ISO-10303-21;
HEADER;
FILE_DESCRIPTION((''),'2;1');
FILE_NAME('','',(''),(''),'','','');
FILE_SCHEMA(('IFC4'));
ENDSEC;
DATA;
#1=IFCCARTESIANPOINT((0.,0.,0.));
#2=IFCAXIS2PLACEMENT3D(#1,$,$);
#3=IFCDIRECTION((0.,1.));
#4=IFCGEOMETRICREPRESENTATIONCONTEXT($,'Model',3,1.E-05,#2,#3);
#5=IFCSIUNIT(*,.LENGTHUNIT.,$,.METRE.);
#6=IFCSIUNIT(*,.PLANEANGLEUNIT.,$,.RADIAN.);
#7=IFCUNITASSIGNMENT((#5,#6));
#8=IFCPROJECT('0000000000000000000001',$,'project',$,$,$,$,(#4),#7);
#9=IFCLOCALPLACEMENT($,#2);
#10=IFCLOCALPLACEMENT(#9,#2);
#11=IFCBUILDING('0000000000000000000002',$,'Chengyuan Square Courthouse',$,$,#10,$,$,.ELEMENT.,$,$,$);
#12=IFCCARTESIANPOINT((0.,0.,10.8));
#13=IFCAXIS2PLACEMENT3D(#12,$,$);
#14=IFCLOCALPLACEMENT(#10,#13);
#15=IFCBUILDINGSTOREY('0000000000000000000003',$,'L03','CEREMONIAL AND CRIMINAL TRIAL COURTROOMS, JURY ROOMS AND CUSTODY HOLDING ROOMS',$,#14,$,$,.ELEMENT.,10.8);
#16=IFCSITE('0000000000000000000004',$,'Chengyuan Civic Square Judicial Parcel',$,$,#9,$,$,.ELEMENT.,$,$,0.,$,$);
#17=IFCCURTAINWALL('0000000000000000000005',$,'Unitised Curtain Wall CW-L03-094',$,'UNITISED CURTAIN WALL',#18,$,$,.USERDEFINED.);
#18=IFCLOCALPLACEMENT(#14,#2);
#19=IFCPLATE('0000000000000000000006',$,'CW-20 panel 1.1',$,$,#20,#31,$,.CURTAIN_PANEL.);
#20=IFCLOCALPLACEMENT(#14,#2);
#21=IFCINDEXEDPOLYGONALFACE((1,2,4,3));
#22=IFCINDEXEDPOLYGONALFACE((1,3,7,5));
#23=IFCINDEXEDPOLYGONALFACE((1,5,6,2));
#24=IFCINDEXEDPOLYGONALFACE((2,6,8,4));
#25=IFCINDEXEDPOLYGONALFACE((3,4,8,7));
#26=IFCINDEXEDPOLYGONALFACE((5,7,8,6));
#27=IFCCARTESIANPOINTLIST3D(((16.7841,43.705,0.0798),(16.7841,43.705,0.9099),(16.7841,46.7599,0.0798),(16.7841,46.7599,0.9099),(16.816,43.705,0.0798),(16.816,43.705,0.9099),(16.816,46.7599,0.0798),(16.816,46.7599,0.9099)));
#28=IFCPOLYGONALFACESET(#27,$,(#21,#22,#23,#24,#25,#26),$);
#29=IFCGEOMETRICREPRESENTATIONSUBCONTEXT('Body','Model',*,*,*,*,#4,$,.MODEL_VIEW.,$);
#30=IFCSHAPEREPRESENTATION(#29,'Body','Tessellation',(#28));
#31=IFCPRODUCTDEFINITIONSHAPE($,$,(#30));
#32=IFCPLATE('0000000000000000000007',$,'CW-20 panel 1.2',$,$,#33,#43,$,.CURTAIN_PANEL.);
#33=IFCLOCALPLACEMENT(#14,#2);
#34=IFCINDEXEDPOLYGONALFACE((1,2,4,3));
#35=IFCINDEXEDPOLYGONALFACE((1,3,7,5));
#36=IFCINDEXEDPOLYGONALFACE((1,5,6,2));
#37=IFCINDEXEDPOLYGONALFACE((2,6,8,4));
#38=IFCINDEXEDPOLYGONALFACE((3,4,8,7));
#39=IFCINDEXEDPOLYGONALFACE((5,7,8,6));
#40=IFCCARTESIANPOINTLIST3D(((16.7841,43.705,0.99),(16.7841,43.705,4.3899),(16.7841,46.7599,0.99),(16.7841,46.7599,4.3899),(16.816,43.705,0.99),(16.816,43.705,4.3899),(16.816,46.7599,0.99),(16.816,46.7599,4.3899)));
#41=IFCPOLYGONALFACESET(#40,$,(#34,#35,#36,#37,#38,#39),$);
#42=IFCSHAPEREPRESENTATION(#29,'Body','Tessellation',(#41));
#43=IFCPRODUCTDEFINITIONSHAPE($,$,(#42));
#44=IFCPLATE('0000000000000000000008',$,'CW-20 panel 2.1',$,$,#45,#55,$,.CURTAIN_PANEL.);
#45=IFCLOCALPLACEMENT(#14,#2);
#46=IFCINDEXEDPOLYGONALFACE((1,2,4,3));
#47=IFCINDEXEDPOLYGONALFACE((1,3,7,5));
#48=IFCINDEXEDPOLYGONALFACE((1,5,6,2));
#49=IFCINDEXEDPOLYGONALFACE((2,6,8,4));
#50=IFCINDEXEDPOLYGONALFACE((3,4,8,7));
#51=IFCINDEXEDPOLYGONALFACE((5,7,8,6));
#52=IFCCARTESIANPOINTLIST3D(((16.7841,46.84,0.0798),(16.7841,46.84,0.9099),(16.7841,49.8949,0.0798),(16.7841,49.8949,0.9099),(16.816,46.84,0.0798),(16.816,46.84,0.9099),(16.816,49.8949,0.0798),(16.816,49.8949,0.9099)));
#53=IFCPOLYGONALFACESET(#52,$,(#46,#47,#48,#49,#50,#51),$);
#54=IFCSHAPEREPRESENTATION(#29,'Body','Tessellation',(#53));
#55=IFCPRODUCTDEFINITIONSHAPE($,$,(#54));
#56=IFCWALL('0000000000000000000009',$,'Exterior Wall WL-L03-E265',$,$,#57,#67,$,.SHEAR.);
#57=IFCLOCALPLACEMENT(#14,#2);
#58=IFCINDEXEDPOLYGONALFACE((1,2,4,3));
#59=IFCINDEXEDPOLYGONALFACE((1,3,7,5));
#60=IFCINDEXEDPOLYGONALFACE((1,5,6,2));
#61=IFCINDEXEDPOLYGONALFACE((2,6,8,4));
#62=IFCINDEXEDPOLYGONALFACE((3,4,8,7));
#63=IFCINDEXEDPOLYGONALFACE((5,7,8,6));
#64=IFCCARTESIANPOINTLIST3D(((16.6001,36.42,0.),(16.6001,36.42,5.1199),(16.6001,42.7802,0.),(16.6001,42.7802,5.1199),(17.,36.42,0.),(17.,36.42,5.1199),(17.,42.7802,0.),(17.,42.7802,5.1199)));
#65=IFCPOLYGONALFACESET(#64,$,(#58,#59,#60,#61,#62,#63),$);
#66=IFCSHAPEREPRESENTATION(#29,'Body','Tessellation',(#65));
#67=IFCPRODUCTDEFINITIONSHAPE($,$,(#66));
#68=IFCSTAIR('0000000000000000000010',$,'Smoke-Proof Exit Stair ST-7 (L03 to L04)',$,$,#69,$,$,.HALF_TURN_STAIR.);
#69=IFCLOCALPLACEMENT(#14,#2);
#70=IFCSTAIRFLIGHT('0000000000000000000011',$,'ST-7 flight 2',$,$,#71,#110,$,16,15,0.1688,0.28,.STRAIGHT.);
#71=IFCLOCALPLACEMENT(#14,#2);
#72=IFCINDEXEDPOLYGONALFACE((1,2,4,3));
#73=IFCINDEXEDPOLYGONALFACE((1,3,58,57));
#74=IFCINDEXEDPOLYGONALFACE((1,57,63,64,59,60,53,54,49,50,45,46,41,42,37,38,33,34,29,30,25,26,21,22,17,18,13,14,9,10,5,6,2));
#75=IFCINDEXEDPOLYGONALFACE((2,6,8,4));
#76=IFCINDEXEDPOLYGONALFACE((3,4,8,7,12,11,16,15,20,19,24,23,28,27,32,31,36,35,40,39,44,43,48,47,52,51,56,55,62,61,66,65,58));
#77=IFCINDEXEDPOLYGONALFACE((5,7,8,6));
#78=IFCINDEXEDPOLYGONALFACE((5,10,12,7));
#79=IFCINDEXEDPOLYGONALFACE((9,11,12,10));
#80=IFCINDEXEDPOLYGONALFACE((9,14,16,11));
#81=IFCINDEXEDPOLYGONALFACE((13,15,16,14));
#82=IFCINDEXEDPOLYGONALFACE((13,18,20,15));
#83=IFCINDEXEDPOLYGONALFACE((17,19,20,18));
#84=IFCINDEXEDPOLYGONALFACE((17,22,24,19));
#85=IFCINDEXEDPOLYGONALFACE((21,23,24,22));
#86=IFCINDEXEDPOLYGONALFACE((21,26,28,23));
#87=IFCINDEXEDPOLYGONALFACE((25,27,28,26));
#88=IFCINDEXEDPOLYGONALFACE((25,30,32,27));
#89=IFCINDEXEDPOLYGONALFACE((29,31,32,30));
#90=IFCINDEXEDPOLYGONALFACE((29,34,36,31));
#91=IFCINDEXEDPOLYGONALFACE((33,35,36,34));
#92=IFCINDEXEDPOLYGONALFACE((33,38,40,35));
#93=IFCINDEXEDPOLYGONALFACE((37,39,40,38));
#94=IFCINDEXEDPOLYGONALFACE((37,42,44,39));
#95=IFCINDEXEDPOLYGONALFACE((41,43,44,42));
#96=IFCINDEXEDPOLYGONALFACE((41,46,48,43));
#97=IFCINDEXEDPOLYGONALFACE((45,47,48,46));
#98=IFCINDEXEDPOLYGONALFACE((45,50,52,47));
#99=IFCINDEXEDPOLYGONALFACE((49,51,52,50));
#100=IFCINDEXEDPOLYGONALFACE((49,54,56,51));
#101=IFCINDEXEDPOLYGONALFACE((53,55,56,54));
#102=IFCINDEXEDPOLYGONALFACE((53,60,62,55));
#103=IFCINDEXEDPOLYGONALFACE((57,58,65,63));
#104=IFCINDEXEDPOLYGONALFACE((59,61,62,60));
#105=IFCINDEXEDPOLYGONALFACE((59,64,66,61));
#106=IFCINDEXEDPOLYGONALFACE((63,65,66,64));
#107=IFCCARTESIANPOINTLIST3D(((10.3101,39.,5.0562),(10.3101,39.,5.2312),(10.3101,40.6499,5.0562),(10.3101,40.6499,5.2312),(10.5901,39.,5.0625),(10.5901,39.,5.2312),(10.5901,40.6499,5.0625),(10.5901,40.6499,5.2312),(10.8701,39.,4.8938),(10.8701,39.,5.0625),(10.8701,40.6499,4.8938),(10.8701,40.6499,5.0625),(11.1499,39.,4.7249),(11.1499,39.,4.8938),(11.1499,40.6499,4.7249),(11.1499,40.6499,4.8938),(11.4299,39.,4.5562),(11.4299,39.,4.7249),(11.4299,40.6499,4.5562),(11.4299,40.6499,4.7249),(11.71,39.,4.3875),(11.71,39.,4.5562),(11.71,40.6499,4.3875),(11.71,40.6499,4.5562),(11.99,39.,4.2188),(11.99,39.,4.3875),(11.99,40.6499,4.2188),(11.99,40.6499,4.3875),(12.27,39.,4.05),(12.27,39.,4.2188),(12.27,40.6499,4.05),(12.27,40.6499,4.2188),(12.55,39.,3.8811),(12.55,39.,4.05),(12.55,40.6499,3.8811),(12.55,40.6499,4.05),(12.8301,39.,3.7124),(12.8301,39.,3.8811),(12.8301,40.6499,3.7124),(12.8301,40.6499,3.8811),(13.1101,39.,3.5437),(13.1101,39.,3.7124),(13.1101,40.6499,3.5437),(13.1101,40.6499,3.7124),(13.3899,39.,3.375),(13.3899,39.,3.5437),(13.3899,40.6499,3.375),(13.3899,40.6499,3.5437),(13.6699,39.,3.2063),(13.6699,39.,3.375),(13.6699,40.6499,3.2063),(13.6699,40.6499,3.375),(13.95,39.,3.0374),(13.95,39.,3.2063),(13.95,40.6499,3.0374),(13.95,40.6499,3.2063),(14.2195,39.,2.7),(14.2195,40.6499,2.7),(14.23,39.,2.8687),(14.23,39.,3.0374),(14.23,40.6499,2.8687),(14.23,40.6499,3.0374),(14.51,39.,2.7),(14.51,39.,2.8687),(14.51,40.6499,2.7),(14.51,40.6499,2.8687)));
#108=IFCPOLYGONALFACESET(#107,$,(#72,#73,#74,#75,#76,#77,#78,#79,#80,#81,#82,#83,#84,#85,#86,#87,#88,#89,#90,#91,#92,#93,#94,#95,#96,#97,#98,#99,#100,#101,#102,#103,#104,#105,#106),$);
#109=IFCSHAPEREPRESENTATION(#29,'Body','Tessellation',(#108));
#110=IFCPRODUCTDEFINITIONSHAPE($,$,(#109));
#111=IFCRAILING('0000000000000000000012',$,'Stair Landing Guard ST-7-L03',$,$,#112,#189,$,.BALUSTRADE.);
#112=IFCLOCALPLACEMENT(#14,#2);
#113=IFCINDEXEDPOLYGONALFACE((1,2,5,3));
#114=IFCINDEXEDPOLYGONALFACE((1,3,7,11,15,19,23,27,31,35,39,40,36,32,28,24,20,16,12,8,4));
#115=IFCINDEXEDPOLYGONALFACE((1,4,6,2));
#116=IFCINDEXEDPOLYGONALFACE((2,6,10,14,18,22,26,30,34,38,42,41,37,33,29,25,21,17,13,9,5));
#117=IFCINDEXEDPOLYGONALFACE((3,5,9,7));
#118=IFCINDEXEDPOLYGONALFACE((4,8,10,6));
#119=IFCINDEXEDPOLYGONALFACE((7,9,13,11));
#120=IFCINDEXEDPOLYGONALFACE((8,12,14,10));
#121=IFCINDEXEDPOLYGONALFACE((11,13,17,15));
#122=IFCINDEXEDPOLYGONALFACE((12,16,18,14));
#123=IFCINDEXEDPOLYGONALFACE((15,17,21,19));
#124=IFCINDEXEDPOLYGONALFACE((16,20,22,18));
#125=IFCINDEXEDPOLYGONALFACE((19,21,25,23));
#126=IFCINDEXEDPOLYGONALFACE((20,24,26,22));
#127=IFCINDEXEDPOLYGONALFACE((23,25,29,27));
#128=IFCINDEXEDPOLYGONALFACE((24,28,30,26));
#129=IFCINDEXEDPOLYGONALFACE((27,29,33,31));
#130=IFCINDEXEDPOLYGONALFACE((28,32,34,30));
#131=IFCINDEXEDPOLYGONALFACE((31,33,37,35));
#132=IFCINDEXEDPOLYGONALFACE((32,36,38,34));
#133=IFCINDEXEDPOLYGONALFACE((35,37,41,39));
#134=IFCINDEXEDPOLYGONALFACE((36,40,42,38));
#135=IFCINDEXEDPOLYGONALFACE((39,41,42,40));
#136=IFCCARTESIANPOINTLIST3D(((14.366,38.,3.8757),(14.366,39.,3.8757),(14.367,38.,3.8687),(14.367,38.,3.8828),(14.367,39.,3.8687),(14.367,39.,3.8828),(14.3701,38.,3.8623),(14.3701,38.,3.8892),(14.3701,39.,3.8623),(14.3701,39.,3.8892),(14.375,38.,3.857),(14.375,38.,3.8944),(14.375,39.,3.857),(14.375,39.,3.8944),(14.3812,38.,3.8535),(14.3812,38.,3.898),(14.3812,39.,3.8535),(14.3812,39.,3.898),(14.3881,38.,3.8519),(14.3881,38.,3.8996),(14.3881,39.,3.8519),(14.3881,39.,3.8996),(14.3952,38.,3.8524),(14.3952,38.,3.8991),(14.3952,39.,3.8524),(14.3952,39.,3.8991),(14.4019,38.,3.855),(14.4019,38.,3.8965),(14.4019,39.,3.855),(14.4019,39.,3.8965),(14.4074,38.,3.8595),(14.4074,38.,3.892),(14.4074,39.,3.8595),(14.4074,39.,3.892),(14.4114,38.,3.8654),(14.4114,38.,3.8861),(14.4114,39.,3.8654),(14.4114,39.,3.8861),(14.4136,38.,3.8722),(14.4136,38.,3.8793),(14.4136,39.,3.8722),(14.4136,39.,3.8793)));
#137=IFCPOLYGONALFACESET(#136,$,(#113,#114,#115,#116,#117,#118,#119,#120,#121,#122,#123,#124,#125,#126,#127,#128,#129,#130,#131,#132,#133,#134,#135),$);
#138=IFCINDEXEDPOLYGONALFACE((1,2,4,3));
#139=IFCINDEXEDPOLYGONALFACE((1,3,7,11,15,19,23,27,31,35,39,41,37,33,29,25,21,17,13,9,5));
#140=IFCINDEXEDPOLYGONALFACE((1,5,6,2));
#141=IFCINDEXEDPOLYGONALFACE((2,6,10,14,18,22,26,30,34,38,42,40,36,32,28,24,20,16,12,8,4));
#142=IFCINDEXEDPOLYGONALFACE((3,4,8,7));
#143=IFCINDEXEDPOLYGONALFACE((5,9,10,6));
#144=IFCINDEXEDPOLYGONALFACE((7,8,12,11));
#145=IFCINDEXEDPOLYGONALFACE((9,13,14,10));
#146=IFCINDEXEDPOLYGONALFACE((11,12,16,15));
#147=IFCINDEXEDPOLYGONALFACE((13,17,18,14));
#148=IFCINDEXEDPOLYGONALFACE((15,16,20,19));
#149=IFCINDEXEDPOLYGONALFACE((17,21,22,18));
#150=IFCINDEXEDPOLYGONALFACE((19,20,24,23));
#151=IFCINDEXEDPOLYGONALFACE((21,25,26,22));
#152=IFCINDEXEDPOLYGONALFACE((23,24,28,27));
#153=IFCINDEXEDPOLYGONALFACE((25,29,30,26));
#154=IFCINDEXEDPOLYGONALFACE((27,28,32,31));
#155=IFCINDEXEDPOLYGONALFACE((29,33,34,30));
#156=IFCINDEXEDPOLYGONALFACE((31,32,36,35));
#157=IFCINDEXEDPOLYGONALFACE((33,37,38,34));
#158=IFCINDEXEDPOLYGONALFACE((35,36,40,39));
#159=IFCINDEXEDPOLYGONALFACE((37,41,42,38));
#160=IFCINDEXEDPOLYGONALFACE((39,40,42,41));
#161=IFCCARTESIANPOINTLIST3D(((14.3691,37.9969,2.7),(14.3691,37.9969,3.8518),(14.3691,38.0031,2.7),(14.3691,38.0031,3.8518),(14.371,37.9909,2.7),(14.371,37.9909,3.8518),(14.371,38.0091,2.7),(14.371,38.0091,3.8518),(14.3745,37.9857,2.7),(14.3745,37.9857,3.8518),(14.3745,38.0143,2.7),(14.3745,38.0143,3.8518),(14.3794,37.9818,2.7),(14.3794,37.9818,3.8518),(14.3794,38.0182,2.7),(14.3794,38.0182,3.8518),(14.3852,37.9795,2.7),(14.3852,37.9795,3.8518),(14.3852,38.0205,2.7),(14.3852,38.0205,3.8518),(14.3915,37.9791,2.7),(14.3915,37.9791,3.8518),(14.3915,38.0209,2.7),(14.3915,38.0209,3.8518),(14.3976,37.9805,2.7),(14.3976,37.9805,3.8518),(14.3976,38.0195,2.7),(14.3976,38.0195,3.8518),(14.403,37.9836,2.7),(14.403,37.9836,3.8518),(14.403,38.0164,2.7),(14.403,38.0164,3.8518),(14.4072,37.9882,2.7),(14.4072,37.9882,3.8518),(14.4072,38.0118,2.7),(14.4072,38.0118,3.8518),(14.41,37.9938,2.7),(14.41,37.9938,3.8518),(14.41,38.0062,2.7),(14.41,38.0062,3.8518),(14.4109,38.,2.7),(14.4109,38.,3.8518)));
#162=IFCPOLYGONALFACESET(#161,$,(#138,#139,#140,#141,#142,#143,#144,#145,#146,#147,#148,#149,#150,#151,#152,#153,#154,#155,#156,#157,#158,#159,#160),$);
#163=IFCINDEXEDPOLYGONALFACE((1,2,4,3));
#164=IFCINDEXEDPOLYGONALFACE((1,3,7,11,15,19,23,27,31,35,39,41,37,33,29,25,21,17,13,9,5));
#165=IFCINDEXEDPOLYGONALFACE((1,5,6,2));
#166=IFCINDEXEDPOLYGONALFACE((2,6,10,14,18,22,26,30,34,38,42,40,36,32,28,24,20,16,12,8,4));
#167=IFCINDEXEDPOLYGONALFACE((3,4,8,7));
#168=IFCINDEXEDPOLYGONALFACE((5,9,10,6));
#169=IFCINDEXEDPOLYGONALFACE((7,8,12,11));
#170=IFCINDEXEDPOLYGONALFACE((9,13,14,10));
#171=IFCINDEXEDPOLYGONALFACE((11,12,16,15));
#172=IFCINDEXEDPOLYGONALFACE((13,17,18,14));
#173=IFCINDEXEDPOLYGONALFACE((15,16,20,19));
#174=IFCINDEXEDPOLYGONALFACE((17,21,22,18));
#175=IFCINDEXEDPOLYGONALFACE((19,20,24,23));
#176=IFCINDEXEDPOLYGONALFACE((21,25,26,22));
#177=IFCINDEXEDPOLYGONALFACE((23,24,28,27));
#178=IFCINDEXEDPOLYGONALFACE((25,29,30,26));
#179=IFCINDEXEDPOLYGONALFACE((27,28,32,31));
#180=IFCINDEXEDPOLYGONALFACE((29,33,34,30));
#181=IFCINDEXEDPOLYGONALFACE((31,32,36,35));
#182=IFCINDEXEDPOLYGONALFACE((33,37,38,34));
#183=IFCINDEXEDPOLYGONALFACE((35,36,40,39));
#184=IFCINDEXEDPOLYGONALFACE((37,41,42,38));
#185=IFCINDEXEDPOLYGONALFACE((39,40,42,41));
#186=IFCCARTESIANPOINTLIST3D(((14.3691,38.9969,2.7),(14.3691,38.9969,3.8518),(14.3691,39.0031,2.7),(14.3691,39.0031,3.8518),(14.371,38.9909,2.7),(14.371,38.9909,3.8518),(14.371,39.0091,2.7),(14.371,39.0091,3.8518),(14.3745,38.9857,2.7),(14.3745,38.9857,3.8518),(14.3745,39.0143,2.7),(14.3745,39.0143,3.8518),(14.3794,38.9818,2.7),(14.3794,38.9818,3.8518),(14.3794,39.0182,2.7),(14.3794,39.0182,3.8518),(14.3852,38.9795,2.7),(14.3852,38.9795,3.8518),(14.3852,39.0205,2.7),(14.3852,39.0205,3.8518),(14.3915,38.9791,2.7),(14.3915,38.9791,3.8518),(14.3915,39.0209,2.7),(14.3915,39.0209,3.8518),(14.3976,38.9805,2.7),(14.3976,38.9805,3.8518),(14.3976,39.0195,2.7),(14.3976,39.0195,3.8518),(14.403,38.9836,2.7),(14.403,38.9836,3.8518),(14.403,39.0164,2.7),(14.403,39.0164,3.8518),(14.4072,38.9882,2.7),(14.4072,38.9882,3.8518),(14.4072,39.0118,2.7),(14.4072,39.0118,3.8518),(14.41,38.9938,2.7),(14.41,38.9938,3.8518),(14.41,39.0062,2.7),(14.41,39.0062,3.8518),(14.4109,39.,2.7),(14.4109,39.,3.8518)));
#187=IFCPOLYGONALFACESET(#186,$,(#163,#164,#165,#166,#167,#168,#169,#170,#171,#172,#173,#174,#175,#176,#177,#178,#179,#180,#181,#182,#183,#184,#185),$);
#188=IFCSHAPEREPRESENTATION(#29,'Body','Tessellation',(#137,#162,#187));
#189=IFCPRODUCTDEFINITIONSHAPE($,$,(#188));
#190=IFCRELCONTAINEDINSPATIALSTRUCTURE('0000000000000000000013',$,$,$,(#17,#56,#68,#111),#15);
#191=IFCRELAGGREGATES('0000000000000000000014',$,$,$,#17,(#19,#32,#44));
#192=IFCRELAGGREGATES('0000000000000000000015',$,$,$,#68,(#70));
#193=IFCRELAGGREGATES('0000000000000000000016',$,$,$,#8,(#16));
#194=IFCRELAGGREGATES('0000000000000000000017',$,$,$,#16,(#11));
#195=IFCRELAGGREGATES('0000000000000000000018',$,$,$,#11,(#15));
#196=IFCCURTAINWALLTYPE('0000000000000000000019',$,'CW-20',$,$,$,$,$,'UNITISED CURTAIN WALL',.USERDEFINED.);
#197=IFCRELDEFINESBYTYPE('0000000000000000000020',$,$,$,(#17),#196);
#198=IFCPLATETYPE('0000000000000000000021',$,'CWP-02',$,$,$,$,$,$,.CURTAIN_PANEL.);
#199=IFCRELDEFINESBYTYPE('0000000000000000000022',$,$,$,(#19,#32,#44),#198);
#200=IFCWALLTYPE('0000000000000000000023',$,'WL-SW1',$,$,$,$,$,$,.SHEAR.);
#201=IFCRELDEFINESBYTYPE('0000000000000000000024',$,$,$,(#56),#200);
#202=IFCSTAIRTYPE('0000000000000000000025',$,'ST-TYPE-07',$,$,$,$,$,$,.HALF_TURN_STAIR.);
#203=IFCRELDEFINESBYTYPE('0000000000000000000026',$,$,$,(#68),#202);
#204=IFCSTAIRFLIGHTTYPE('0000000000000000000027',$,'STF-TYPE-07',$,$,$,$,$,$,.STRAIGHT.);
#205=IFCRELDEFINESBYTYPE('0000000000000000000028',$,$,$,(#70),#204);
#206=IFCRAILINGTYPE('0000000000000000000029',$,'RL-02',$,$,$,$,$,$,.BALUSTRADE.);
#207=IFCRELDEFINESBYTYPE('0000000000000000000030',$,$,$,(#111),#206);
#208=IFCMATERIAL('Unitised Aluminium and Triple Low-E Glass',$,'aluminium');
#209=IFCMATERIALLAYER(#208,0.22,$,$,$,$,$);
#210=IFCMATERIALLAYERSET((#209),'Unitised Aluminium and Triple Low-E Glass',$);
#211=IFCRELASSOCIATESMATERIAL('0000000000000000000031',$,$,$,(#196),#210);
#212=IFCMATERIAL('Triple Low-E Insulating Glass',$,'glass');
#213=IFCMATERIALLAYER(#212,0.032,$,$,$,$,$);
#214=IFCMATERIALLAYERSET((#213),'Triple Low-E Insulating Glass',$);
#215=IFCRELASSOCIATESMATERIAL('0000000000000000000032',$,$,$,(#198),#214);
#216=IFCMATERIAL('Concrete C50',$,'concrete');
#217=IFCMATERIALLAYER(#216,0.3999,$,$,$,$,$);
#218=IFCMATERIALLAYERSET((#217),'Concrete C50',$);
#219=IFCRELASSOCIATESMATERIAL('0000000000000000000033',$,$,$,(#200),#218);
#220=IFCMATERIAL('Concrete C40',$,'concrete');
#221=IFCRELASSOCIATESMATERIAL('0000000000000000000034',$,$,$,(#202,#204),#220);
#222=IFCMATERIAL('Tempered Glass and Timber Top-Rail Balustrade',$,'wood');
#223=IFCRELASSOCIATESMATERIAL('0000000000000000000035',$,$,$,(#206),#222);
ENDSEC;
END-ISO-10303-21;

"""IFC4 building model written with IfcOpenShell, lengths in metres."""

from ifc_helpers import new_model, si_unit, direction, frame, frame_2d, origin, origin_2d, place, context, subcontext, project, spatial, polyline, rectangle, circle, outline, extrude, material, layer, layer_set, type_object, element, aggregate, save


model = new_model("IFC4")

# Units and contexts
model_context = context("Model", 3, precision=1e-05, world=origin(), true_north=direction((0.0, 1.0)))
body_context = subcontext(model_context, "Body", "Model", "MODEL_VIEW")
ifc_project = project(units=[si_unit("LENGTHUNIT", "METRE"), si_unit("PLANEANGLEUNIT", "RADIAN")], contexts=[model_context])

# Site, building, storey
site_placement = place(None, origin())
site = spatial("IfcSite", under=ifc_project, at=site_placement, Name="Chengyuan Civic Square Judicial Parcel", CompositionType="ELEMENT", RefElevation=0.0)
building_placement = place(site_placement, origin())
building = spatial("IfcBuilding", under=site, at=building_placement, Name="Chengyuan Square Courthouse", CompositionType="ELEMENT")
storey_placement = place(building_placement, frame((0.0, 0.0, 10.8)))
storey = spatial("IfcBuildingStorey", under=building, at=storey_placement, Name="L03", Description="CEREMONIAL AND CRIMINAL TRIAL COURTROOMS, JURY ROOMS AND CUSTODY HOLDING ROOMS", CompositionType="ELEMENT", Elevation=10.8)

# Shared definitions
ifc_material_1 = material(Name="Concrete C50", Category="concrete")

# Shared definitions
ifc_material_2 = material(Name="Concrete C40", Category="concrete")

# Curtain wall, plates
ifc_material_3 = material(Name="Unitised Aluminium and Triple Low-E Glass", Category="aluminium")
ifc_layer_1 = layer(ifc_material_3, 0.22)
ifc_layer_set_1 = layer_set([ifc_layer_1], Name="Unitised Aluminium and Triple Low-E Glass")
curtain_wall_type = type_object("IfcCurtainWallType", Name="CW-20", ElementType="UNITISED CURTAIN WALL", PredefinedType="USERDEFINED", material=ifc_layer_set_1)
curtain_wall_placement = place(storey_placement, origin())
curtain_wall = element("IfcCurtainWall", 1, at=curtain_wall_placement, inside=storey, type_object=curtain_wall_type, Name="Unitised Curtain Wall CW-L03-094", ObjectType="UNITISED CURTAIN WALL", PredefinedType="USERDEFINED")
ifc_material_4 = material(Name="Triple Low-E Insulating Glass", Category="glass")
ifc_layer_2 = layer(ifc_material_4, 0.032)
ifc_layer_set_2 = layer_set([ifc_layer_2], Name="Triple Low-E Insulating Glass")
plate_type = type_object("IfcPlateType", Name="CWP-02", PredefinedType="CURTAIN_PANEL", material=ifc_layer_set_2)
plate_1_placement = place(storey_placement, frame((16.8, 45.2324, 0.0798), z_axis=(0.0, 0.0, 1.0), x_axis=(0.0, 1.0, 0.0)))
plate_1 = element("IfcPlate", 2, at=plate_1_placement, type_object=plate_type, Name="CW-20 panel 1.1", PredefinedType="CURTAIN_PANEL", context=body_context, shape_type="SweptSolid", body=[
    extrude(rectangle(XDim=3.0549, YDim=0.032, at=origin_2d()), origin(), (0.0, 0.0, 1.0), 0.8301),
])
plate_2_placement = place(storey_placement, frame((16.8, 45.2324, 0.99), z_axis=(0.0, 0.0, 1.0), x_axis=(0.0, 1.0, 0.0)))
plate_2 = element("IfcPlate", 3, at=plate_2_placement, type_object=plate_type, Name="CW-20 panel 1.2", PredefinedType="CURTAIN_PANEL", context=body_context, shape_type="SweptSolid", body=[
    extrude(rectangle(XDim=3.0549, YDim=0.032, at=origin_2d()), origin(), (0.0, 0.0, 1.0), 3.3999),
])
plate_3_placement = place(storey_placement, frame((16.8, 48.3674, 0.0798), z_axis=(0.0, 0.0, 1.0), x_axis=(0.0, 1.0, 0.0)))
plate_3 = element("IfcPlate", 4, at=plate_3_placement, type_object=plate_type, Name="CW-20 panel 2.1", PredefinedType="CURTAIN_PANEL", context=body_context, shape_type="SweptSolid", body=[
    extrude(rectangle(XDim=3.0549, YDim=0.032, at=origin_2d()), origin(), (0.0, 0.0, 1.0), 0.8301),
])
aggregate(curtain_wall, [plate_1, plate_2, plate_3])

# Wall
ifc_layer_3 = layer(ifc_material_1, 0.3999)
ifc_layer_set_3 = layer_set([ifc_layer_3], Name="Concrete C50")
wall_type = type_object("IfcWallType", Name="WL-SW1", PredefinedType="SHEAR", material=ifc_layer_set_3)
wall_placement = place(storey_placement, frame((16.8, 36.4199, 0.0), z_axis=(0.0, 0.0, 1.0), x_axis=(0.0, 1.0, 0.0)))
element("IfcWall", 5, at=wall_placement, inside=storey, type_object=wall_type, Name="Exterior Wall WL-L03-E265", PredefinedType="SHEAR", context=body_context, shape_type="SweptSolid", body=[
    extrude(rectangle(XDim=6.3601, YDim=0.3999, at=frame_2d((3.1802, 0.0))), origin(), (0.0, 0.0, 1.0), 5.1199),
])

# Stair, stair flight
stair_type = type_object("IfcStairType", Name="ST-TYPE-07", PredefinedType="HALF_TURN_STAIR", material=ifc_material_2)
stair_placement = place(storey_placement, origin())
stair = element("IfcStair", 6, at=stair_placement, inside=storey, type_object=stair_type, Name="Smoke-Proof Exit Stair ST-7 (L03 to L04)", PredefinedType="HALF_TURN_STAIR")
stair_flight_type = type_object("IfcStairFlightType", Name="STF-TYPE-07", PredefinedType="STRAIGHT", material=ifc_material_2)
stair_flight_placement = place(storey_placement, frame((14.51, 39.825, 2.7), z_axis=(0.0, 0.0, 1.0), x_axis=(-1.0, 0.0, 0.0)))
stair_flight = element("IfcStairFlight", 7, at=stair_flight_placement, type_object=stair_flight_type, Name="ST-7 flight 2", NumberOfRisers=16, NumberOfTreads=15, PredefinedType="STRAIGHT", RiserHeight=0.1688, TreadLength=0.28, context=body_context, shape_type="SweptSolid", body=[
    extrude(outline(polyline([(0.0, 0.0), (0.0, 0.1687), (0.28, 0.1687), (0.28, 0.3374), (0.5601, 0.3374), (0.5601, 0.5063), (0.8401, 0.5063), (0.8401, 0.675), (1.1201, 0.675), (1.1201, 0.8438), (1.3999, 0.8438), (1.3999, 1.0125), (1.6799, 1.0125), (1.6799, 1.1812), (1.96, 1.1812), (1.96, 1.3501), (2.24, 1.3501), (2.24, 1.5188), (2.52, 1.5188), (2.52, 1.6875), (2.8, 1.6875), (2.8, 1.8562), (3.0801, 1.8562), (3.0801, 2.0249), (3.3601, 2.0249), (3.3601, 2.1938), (3.6399, 2.1938), (3.6399, 2.3625), (3.9199, 2.3625), (3.9199, 2.5312), (4.2, 2.5312), (4.2, 2.7), (4.2, 2.3562), (0.2905, 0.0), (0.0, 0.0)])), frame((0.0, 0.825, 0.0), z_axis=(0.0, -1.0, 0.0), x_axis=(1.0, 0.0, 0.0)), (0.0, 0.0, 1.0), 1.6499),
])
aggregate(stair, [stair_flight])

# Railing
ifc_material_5 = material(Name="Tempered Glass and Timber Top-Rail Balustrade", Category="wood")
railing_type_1 = type_object("IfcRailingType", Name="RL-02", PredefinedType="BALUSTRADE", material=ifc_material_5)
railing_1_placement = place(storey_placement, frame((14.3899, 38.0, 2.7)))
element("IfcRailing", 8, at=railing_1_placement, inside=storey, type_object=railing_type_1, Name="Stair Landing Guard ST-7-L03", PredefinedType="BALUSTRADE", context=body_context, shape_type="SweptSolid", body=[
    extrude(circle(Radius=0.0239, at=origin_2d()), frame((0.0, 0.0, 1.1758), z_axis=(0.0, 1.0, 0.0), x_axis=(-1.0, 0.0, 0.0)), (0.0, 0.0, 1.0), 1.0),
    extrude(circle(Radius=0.021, at=origin_2d()), origin(), (0.0, 0.0, 1.0), 1.1519),
    extrude(circle(Radius=0.021, at=origin_2d()), frame((0.0, 1.0, 0.0)), (0.0, 0.0, 1.0), 1.1519),
])

save(model, "model.ifc")
